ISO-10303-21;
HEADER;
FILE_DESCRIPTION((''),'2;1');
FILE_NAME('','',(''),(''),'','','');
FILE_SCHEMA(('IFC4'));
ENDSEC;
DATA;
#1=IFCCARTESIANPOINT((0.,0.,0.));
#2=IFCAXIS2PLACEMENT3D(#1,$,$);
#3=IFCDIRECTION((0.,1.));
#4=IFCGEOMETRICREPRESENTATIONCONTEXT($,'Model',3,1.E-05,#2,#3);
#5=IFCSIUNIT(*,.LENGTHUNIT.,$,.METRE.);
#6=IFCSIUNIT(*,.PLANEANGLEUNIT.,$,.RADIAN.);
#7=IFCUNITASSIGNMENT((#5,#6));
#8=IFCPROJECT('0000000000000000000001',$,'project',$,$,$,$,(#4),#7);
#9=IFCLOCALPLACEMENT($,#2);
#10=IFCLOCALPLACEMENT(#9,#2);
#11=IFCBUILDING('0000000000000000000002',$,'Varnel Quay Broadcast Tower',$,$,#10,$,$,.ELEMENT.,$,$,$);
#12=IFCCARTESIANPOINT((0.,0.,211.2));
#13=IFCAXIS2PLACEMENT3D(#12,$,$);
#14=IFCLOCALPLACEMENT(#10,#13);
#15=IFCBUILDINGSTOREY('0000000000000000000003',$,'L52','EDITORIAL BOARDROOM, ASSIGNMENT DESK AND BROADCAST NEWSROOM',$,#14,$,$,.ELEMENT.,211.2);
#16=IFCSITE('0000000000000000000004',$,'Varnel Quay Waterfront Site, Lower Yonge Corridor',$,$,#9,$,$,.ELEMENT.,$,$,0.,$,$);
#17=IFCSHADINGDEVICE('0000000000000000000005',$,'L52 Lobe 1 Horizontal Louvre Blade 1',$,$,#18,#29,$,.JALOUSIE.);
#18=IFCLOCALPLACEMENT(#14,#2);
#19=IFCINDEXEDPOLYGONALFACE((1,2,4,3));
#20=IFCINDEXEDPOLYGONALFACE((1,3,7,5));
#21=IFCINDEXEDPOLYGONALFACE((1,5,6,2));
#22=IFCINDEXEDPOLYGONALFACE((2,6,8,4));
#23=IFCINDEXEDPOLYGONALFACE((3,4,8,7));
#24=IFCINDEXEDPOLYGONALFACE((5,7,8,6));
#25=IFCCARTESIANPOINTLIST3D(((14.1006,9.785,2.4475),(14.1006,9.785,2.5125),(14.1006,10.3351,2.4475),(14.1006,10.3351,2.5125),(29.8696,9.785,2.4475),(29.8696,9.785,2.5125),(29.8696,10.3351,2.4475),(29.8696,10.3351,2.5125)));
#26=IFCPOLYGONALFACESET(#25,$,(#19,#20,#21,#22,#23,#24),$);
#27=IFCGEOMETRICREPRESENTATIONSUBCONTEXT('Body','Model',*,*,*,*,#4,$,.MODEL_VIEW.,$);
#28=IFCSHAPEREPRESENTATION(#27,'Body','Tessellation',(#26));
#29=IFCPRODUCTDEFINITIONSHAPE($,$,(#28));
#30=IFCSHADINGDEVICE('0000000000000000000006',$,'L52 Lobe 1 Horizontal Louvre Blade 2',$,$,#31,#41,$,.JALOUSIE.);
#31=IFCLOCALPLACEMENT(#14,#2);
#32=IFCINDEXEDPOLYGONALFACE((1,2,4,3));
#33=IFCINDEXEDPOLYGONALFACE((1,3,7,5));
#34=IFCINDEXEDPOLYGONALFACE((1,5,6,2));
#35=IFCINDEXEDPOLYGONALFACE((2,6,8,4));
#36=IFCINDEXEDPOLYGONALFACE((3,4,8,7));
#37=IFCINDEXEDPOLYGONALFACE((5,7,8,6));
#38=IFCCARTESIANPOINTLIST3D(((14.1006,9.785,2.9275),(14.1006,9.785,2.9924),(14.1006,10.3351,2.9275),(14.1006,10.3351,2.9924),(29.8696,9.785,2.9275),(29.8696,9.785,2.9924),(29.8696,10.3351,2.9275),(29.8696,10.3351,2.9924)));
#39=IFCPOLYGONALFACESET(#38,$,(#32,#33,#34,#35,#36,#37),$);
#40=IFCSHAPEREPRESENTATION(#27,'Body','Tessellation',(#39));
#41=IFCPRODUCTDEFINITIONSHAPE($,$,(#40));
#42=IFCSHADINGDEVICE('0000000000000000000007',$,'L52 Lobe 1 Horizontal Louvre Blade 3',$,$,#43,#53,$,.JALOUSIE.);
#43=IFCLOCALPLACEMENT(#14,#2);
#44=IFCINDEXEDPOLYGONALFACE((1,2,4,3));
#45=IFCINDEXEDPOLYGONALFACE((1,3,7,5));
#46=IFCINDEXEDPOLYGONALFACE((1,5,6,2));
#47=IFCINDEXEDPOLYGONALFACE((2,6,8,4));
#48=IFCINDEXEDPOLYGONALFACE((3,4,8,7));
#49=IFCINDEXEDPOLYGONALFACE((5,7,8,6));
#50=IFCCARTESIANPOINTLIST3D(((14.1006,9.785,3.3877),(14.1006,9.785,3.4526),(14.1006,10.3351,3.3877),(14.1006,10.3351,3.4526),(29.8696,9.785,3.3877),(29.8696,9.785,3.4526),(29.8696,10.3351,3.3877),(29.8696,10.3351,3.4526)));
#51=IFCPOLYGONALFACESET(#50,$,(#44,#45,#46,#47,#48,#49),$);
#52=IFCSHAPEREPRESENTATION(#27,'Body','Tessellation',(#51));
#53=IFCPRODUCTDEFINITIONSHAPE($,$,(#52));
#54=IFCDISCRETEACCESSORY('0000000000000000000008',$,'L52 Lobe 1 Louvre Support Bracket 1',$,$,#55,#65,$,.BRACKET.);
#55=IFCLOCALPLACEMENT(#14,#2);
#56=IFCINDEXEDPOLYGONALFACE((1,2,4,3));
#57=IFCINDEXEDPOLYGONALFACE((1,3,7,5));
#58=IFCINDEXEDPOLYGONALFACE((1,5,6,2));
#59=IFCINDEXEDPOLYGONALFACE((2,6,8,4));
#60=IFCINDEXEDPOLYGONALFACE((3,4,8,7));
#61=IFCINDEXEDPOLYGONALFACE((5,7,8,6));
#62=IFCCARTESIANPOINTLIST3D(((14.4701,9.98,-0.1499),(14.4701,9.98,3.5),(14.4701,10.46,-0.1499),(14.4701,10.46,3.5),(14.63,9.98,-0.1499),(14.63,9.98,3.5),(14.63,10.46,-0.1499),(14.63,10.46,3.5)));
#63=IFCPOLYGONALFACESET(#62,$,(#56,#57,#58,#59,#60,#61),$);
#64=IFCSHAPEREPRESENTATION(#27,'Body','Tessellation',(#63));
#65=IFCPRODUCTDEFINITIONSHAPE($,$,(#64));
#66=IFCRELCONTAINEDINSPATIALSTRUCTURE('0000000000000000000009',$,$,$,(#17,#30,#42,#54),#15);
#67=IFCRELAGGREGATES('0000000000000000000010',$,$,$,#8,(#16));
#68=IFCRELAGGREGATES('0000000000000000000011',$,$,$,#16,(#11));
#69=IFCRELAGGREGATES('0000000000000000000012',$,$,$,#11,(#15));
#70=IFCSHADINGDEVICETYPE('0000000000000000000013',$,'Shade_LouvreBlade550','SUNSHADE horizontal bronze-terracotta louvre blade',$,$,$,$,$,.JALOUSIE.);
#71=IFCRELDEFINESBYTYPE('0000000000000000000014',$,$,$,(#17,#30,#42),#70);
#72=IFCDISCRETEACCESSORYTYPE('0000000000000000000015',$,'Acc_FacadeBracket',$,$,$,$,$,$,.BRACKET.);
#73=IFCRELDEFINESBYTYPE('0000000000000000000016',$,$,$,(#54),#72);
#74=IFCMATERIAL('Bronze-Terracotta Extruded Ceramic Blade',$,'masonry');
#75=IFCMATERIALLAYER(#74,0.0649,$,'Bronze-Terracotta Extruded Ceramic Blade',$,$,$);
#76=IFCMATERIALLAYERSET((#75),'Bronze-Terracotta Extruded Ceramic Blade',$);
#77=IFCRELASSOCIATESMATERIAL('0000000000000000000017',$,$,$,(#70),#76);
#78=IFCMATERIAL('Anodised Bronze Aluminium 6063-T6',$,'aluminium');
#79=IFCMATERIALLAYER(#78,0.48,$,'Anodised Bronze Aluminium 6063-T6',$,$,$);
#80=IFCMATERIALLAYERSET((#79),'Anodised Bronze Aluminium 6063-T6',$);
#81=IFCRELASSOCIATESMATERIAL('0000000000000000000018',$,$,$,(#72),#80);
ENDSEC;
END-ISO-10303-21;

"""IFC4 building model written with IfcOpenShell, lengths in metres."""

from ifc_helpers import new_model, si_unit, direction, frame, origin, origin_2d, place, context, subcontext, project, spatial, rectangle, extrude, source, transform, mapped, material, layer, layer_set, type_object, type_shapes, element, save


model = new_model("IFC4")

# Units and contexts
model_context = context("Model", 3, precision=1e-05, world=origin(), true_north=direction((0.0, 1.0)))
body_context = subcontext(model_context, "Body", "Model", "MODEL_VIEW")
ifc_project = project(units=[si_unit("LENGTHUNIT", "METRE"), si_unit("PLANEANGLEUNIT", "RADIAN")], contexts=[model_context])

# Site, building, storey
site_placement = place(None, origin())
site = spatial("IfcSite", under=ifc_project, at=site_placement, Name="Varnel Quay Waterfront Site, Lower Yonge Corridor", CompositionType="ELEMENT", RefElevation=0.0)
building_placement = place(site_placement, origin())
building = spatial("IfcBuilding", under=site, at=building_placement, Name="Varnel Quay Broadcast Tower", CompositionType="ELEMENT")
storey_placement = place(building_placement, frame((0.0, 0.0, 211.2)))
storey = spatial("IfcBuildingStorey", under=building, at=storey_placement, Name="L52", Description="EDITORIAL BOARDROOM, ASSIGNMENT DESK AND BROADCAST NEWSROOM", CompositionType="ELEMENT", Elevation=211.2)

# Shared definitions
ifc_material_1 = material(Name="Anodised Bronze Aluminium 6063-T6", Category="aluminium")

# Shared definitions
ifc_material_2 = material(Name="Bronze-Terracotta Extruded Ceramic Blade", Category="masonry")

# Shading devices
ifc_layer_1 = layer(ifc_material_2, 0.0649, Name="Bronze-Terracotta Extruded Ceramic Blade")
ifc_layer_set_1 = layer_set([ifc_layer_1], Name="Bronze-Terracotta Extruded Ceramic Blade")
shading_device_type = type_object("IfcShadingDeviceType", Name="Shade_LouvreBlade550", Description="SUNSHADE horizontal bronze-terracotta louvre blade", PredefinedType="JALOUSIE", material=ifc_layer_set_1)
shared_shape_1 = source(origin(), body_context, "Body", "SweptSolid", [
    extrude(rectangle(XDim=15.769, YDim=0.55, at=origin_2d()), origin(), (0.0, 0.0, 1.0), 0.0649),
])
type_shapes(shading_device_type, [shared_shape_1])
for number, where, z_axis, x_axis, name in (
    (1, (21.9851, 10.0601, 2.4475), (0.0, 0.0, 1.0), (1.0, 0.0, 0.0), "L52 Lobe 1 Horizontal Louvre Blade 1"),
    (2, (21.9851, 10.0601, 2.9275), (0.0, 0.0, 1.0), (1.0, 0.0, 0.0), "L52 Lobe 1 Horizontal Louvre Blade 2"),
    (3, (21.9851, 10.0601, 3.3877), (0.0, 0.0, 1.0), (1.0, 0.0, 0.0), "L52 Lobe 1 Horizontal Louvre Blade 3"),
):
    element("IfcShadingDevice", number, at=place(storey_placement, frame(where, z_axis=z_axis, x_axis=x_axis)), inside=storey, type_object=shading_device_type, Name=name, PredefinedType="JALOUSIE", context=body_context, shape_type="MappedRepresentation", body=[
        mapped(shared_shape_1, transform((0.0, 0.0, 0.0), x_axis=(1.0, 0.0, 0.0), y_axis=(0.0, 1.0, 0.0), z_axis=(0.0, 0.0, 1.0), scale=1.0)),
    ])

# Discrete accessory
ifc_layer_2 = layer(ifc_material_1, 0.48, Name="Anodised Bronze Aluminium 6063-T6")
ifc_layer_set_2 = layer_set([ifc_layer_2], Name="Anodised Bronze Aluminium 6063-T6")
discrete_accessory_type = type_object("IfcDiscreteAccessoryType", Name="Acc_FacadeBracket", PredefinedType="BRACKET", material=ifc_layer_set_2)
shared_shape_2 = source(origin(), body_context, "Body", "SweptSolid", [
    extrude(rectangle(XDim=0.1599, YDim=0.48, at=origin_2d()), origin(), (0.0, 0.0, 1.0), 3.6499),
])
type_shapes(discrete_accessory_type, [shared_shape_2])
discrete_accessory_placement = place(storey_placement, frame((14.55, 10.22, -0.1499), z_axis=(0.0, 0.0, 1.0), x_axis=(1.0, 0.0, 0.0)))
element("IfcDiscreteAccessory", 4, at=discrete_accessory_placement, inside=storey, type_object=discrete_accessory_type, Name="L52 Lobe 1 Louvre Support Bracket 1", PredefinedType="BRACKET", context=body_context, shape_type="MappedRepresentation", body=[
    mapped(shared_shape_2, transform((0.0, 0.0, 0.0), x_axis=(1.0, 0.0, 0.0), y_axis=(0.0, 1.0, 0.0), z_axis=(0.0, 0.0, 1.0), scale=1.0)),
])

save(model, "model.ifc")
